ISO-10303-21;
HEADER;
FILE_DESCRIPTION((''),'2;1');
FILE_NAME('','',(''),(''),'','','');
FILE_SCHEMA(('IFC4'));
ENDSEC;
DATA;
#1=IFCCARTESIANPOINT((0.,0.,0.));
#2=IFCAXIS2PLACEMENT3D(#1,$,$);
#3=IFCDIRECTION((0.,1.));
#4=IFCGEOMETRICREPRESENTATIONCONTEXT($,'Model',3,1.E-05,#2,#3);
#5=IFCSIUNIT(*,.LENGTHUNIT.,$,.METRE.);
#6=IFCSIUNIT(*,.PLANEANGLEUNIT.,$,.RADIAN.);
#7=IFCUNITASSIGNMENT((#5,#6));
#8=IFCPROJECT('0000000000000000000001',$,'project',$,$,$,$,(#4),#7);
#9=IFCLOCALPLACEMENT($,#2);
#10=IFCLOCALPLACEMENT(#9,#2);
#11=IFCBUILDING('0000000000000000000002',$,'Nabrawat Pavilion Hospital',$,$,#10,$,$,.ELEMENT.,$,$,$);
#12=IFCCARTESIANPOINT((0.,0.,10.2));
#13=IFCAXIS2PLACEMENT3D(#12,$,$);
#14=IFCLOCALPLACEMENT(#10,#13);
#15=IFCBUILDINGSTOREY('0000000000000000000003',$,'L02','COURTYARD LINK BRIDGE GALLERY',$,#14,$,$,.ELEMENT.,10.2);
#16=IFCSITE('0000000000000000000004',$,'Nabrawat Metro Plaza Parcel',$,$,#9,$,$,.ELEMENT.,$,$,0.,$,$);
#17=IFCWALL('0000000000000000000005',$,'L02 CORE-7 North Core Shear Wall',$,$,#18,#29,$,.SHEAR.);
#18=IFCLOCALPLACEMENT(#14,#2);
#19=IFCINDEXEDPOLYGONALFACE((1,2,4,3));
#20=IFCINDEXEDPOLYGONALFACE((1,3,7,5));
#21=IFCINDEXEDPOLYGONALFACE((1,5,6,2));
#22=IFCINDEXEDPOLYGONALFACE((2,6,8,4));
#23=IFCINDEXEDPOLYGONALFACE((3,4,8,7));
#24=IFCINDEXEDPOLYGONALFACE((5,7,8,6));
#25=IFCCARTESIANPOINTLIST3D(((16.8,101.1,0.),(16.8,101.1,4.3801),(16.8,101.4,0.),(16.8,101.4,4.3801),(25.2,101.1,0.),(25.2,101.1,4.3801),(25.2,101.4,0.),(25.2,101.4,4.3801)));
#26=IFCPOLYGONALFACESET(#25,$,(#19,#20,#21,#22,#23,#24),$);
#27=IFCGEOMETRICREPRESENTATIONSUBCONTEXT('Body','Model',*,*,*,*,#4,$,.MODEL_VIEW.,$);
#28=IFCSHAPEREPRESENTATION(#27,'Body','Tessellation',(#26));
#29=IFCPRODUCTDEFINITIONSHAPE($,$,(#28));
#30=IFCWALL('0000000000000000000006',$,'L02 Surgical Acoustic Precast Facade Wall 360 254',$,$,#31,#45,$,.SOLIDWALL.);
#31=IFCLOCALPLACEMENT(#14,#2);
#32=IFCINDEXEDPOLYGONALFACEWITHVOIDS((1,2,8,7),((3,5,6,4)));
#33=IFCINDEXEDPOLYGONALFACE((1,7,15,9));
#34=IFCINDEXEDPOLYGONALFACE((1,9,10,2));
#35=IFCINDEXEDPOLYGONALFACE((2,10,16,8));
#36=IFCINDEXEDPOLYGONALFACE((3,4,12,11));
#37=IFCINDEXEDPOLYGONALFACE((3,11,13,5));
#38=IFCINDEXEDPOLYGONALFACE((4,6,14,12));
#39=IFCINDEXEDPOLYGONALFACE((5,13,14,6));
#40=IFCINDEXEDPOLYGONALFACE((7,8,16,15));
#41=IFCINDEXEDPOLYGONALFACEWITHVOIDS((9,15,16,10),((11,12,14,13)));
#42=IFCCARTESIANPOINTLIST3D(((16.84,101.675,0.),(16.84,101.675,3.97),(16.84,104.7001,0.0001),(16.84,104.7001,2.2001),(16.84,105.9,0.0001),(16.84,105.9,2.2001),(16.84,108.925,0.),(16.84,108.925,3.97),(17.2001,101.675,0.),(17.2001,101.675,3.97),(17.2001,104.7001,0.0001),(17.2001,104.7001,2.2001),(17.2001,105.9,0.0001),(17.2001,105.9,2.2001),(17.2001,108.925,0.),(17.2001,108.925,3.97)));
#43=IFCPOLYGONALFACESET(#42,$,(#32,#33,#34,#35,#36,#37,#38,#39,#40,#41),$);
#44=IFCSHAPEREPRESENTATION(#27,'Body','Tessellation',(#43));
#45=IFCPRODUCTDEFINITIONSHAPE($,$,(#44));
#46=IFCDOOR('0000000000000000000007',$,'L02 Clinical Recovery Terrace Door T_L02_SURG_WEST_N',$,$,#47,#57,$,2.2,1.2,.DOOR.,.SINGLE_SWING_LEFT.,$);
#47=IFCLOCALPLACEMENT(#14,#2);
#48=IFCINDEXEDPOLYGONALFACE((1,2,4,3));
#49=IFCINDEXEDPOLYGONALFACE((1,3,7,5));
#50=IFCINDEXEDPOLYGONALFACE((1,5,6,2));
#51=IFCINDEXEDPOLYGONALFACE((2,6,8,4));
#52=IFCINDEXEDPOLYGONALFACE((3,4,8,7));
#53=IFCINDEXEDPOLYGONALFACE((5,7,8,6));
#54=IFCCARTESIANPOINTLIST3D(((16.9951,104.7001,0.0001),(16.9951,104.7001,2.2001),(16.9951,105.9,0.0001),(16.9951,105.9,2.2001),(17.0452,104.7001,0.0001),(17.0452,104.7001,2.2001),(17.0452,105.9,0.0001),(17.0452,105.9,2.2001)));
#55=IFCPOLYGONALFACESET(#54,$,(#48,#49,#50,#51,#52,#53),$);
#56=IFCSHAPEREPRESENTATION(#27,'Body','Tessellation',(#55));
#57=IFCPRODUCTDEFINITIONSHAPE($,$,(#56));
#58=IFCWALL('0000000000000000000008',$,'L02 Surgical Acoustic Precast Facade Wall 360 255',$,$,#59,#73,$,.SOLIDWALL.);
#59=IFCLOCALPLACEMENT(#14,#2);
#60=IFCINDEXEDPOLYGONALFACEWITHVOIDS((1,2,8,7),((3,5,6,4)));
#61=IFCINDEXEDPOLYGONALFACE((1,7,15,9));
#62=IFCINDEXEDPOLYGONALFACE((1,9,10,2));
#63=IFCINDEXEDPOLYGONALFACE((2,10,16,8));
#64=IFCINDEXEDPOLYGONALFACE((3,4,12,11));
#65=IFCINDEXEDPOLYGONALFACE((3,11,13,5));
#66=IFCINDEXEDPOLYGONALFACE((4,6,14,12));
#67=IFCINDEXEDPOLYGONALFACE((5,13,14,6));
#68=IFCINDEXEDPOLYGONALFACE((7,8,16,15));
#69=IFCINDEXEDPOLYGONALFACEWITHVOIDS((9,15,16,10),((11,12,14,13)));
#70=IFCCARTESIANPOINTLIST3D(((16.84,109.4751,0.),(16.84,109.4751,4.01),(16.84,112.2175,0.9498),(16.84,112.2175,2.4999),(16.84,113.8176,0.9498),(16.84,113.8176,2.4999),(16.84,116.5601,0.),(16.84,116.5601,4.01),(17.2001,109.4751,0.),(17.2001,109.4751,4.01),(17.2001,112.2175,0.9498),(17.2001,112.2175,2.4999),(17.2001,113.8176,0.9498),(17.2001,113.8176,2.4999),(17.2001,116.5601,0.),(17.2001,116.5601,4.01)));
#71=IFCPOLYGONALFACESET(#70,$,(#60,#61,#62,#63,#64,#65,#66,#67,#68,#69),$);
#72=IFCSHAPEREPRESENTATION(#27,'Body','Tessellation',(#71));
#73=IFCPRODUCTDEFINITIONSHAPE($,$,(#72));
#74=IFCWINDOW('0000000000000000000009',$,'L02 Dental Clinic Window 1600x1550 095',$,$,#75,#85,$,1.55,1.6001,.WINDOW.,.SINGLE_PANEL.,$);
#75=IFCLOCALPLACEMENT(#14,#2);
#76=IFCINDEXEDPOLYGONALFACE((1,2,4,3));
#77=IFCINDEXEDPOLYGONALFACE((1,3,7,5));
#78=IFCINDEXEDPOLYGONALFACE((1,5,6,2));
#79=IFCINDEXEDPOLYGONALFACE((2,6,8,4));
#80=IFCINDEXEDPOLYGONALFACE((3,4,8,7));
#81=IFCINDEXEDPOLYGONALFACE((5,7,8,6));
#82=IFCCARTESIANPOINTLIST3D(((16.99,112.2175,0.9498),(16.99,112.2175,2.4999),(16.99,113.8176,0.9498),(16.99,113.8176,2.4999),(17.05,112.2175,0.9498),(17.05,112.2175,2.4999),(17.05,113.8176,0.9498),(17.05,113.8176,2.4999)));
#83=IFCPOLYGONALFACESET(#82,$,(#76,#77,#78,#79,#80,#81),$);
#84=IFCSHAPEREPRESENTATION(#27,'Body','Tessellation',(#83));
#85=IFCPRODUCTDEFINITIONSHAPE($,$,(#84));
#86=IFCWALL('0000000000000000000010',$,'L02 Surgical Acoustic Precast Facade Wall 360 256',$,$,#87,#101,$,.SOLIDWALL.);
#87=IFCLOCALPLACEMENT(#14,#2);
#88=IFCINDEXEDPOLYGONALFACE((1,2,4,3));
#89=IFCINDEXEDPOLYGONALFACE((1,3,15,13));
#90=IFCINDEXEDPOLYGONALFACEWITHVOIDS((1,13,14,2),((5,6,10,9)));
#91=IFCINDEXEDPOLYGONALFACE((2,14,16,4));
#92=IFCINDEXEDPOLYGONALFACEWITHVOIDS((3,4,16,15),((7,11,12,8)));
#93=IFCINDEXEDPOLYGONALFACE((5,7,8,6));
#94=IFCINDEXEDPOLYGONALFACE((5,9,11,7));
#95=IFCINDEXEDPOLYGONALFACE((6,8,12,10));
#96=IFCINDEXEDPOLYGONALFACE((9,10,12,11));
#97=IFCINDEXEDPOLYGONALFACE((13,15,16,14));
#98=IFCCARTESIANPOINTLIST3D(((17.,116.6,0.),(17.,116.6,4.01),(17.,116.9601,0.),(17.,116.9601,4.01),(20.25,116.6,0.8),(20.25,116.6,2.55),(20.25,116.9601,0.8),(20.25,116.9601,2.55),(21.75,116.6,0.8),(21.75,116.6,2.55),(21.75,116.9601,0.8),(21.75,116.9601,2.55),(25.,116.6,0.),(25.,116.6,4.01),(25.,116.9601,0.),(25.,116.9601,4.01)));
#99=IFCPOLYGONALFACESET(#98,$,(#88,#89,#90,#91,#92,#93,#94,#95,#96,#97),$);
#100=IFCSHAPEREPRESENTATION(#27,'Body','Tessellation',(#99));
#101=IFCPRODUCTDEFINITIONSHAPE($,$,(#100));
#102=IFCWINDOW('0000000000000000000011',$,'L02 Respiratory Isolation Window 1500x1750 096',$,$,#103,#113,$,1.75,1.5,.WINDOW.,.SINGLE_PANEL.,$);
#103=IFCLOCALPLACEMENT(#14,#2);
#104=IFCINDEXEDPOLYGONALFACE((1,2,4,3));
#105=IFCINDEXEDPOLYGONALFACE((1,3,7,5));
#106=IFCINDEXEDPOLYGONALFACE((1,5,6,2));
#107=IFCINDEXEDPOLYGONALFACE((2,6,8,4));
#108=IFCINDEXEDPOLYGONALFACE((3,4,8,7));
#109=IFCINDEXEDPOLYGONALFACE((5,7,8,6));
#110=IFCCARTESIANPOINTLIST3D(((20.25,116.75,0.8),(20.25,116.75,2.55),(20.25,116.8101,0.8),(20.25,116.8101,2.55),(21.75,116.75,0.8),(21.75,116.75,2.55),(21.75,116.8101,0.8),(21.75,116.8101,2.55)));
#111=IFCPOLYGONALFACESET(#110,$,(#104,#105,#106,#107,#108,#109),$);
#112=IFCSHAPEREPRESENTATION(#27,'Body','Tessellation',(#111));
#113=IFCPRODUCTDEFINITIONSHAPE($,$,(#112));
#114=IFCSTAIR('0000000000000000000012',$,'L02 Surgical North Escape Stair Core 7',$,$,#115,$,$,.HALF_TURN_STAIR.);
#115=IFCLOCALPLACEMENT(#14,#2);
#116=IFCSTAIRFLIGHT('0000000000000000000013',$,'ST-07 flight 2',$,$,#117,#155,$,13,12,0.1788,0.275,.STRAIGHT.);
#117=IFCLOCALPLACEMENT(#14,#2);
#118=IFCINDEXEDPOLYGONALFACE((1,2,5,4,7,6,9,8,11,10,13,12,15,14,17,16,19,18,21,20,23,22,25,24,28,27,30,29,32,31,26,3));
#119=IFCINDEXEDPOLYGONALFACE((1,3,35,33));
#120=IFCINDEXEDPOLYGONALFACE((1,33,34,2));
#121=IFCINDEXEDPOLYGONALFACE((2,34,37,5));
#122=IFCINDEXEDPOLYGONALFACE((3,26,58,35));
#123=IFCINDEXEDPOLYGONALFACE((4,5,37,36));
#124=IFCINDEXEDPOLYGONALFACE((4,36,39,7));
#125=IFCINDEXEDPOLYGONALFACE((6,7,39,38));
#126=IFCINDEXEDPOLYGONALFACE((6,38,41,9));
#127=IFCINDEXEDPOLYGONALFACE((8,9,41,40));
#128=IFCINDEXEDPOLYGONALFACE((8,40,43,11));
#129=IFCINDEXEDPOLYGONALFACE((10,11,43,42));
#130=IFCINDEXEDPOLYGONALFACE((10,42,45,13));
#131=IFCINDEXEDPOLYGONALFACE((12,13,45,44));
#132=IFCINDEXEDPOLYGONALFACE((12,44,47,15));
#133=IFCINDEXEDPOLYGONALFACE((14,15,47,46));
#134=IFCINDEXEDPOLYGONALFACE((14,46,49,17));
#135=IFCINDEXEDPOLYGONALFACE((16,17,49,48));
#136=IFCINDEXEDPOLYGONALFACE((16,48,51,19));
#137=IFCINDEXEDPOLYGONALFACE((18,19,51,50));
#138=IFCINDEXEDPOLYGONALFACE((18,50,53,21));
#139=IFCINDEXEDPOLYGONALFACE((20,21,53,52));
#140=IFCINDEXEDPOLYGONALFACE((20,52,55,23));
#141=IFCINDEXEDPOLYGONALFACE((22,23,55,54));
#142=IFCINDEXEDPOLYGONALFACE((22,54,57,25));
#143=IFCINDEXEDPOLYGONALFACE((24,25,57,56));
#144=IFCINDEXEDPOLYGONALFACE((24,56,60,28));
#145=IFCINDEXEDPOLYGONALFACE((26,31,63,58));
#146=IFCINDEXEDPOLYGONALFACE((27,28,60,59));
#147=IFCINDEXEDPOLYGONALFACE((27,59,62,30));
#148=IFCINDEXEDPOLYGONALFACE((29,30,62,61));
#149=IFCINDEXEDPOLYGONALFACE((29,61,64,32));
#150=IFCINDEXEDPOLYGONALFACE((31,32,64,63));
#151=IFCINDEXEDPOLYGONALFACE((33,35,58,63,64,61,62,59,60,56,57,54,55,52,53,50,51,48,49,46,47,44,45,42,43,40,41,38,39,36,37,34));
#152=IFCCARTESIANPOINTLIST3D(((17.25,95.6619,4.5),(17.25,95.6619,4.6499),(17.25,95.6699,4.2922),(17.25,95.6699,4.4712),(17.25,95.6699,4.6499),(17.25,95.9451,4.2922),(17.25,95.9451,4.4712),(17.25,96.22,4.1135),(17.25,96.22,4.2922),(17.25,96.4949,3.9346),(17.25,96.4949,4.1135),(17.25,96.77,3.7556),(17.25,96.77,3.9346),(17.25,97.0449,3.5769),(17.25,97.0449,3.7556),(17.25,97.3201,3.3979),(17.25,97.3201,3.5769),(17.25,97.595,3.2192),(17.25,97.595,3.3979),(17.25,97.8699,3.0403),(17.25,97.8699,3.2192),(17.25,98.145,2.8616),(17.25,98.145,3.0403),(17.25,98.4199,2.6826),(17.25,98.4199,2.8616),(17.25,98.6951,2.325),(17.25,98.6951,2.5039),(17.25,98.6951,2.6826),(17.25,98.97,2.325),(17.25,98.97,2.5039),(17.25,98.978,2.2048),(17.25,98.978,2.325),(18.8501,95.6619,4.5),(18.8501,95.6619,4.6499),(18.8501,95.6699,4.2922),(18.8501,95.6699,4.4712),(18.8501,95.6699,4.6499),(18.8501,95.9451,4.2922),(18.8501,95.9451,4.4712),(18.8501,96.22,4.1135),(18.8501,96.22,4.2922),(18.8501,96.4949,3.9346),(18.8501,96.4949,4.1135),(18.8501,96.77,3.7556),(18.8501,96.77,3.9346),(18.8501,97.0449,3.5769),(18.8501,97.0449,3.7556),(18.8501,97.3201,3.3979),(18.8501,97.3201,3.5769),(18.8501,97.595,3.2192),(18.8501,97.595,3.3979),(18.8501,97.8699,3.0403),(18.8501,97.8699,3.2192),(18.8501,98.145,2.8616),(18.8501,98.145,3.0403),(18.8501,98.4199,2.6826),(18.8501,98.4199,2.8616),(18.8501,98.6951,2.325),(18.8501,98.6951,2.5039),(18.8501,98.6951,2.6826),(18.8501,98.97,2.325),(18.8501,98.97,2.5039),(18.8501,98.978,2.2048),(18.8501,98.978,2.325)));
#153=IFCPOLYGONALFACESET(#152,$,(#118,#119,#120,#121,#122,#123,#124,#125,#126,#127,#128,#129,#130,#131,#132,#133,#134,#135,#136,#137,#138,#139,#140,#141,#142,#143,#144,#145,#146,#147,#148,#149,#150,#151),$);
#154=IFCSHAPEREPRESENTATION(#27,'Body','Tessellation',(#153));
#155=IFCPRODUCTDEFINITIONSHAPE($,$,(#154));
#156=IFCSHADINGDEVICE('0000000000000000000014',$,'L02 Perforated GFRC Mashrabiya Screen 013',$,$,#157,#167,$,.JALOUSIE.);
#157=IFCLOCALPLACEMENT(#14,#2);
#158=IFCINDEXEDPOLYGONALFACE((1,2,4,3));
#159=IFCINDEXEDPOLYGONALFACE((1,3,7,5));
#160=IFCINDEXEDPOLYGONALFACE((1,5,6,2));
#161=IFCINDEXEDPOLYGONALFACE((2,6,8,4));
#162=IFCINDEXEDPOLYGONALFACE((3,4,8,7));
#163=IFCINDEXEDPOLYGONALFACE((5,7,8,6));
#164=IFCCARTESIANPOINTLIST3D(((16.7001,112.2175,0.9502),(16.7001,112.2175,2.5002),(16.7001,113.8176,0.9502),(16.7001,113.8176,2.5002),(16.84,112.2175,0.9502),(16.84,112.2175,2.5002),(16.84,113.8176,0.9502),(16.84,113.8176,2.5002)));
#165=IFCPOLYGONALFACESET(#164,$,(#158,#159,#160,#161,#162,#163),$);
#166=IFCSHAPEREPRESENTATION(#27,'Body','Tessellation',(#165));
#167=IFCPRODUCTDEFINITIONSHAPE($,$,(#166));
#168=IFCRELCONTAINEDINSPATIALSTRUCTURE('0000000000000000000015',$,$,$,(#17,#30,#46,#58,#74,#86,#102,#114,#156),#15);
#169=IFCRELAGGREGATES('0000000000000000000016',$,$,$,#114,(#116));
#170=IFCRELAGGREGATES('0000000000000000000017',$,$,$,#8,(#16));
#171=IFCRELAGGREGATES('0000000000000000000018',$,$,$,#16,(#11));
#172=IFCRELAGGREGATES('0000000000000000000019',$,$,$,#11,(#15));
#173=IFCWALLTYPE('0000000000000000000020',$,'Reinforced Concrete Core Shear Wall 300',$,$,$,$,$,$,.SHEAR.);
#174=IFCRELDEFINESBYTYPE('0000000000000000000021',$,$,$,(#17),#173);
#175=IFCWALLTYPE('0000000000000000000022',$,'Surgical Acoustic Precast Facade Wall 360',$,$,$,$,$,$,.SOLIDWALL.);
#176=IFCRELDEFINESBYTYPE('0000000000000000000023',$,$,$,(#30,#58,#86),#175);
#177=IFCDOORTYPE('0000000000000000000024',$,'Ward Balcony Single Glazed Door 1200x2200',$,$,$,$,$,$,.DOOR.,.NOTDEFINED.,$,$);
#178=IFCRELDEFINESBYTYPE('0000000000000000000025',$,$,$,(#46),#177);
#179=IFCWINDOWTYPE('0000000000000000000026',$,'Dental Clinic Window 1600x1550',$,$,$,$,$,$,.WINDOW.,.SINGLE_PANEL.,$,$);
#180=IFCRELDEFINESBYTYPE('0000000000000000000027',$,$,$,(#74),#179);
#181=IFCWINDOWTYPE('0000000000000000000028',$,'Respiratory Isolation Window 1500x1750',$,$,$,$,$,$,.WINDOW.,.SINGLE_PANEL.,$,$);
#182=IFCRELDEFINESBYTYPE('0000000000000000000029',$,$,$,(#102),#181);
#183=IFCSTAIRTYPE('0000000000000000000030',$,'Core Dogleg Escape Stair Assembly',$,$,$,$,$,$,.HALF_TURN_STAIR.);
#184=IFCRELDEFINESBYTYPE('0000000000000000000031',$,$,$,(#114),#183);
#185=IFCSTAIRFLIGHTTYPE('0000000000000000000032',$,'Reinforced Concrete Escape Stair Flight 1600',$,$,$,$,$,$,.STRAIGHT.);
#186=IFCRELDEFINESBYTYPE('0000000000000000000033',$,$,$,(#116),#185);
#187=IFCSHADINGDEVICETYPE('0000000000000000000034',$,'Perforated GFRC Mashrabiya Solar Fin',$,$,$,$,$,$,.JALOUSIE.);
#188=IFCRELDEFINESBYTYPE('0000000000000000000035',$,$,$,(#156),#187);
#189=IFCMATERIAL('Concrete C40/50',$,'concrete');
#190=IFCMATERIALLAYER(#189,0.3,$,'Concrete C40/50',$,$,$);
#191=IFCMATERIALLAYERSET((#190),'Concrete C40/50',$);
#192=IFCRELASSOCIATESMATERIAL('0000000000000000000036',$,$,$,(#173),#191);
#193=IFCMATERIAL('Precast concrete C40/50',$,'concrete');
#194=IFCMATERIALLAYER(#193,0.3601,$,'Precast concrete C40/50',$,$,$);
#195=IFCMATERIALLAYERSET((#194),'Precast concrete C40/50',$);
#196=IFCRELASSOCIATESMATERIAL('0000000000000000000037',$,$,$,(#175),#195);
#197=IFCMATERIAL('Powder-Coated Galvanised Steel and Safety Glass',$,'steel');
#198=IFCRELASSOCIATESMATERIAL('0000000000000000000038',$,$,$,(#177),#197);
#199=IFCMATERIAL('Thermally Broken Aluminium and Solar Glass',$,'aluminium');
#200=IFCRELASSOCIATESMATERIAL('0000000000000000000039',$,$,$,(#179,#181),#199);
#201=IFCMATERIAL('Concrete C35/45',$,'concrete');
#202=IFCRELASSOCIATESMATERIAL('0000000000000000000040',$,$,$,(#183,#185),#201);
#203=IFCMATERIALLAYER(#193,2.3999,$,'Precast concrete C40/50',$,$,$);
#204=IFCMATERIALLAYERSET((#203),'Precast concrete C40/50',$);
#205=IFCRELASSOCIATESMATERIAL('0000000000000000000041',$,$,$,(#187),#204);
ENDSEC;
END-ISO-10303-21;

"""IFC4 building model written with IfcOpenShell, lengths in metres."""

from ifc_helpers import new_model, si_unit, direction, frame, frame_2d, origin, origin_2d, place, context, subcontext, project, spatial, polyline, rectangle, outline, extrude, material, layer, layer_set, type_object, element, fill, aggregate, save


model = new_model("IFC4")

# Units and contexts
model_context = context("Model", 3, precision=1e-05, world=origin(), true_north=direction((0.0, 1.0)))
body_context = subcontext(model_context, "Body", "Model", "MODEL_VIEW")
ifc_project = project(units=[si_unit("LENGTHUNIT", "METRE"), si_unit("PLANEANGLEUNIT", "RADIAN")], contexts=[model_context])

# Site, building, storey
site_placement = place(None, origin())
site = spatial("IfcSite", under=ifc_project, at=site_placement, Name="Nabrawat Metro Plaza Parcel", CompositionType="ELEMENT", RefElevation=0.0)
building_placement = place(site_placement, origin())
building = spatial("IfcBuilding", under=site, at=building_placement, Name="Nabrawat Pavilion Hospital", CompositionType="ELEMENT")
storey_placement = place(building_placement, frame((0.0, 0.0, 10.2)))
storey = spatial("IfcBuildingStorey", under=building, at=storey_placement, Name="L02", Description="COURTYARD LINK BRIDGE GALLERY", CompositionType="ELEMENT", Elevation=10.2)

# Wall
ifc_material_1 = material(Name="Concrete C35/45", Category="concrete")
ifc_material_2 = material(Name="Concrete C40/50", Category="concrete")
ifc_layer_1 = layer(ifc_material_2, 0.3, Name="Concrete C40/50")
ifc_layer_set_1 = layer_set([ifc_layer_1], Name="Concrete C40/50")
wall_type_1 = type_object("IfcWallType", Name="Reinforced Concrete Core Shear Wall 300", PredefinedType="SHEAR", material=ifc_layer_set_1)
wall_1_placement = place(storey_placement, frame((16.8, 101.25, 0.0), z_axis=(0.0, 0.0, 1.0), x_axis=(1.0, 0.0, 0.0)))
element("IfcWall", 1, at=wall_1_placement, inside=storey, type_object=wall_type_1, Name="L02 CORE-7 North Core Shear Wall", PredefinedType="SHEAR", context=body_context, shape_type="SweptSolid", body=[
    extrude(rectangle(XDim=8.3999, YDim=0.3, at=frame_2d((4.2, 0.0))), origin(), (0.0, 0.0, 1.0), 4.3801),
])

# Wall, opening, door
ifc_material_3 = material(Name="Precast concrete C40/50", Category="concrete")
ifc_layer_2 = layer(ifc_material_3, 0.3601, Name="Precast concrete C40/50")
ifc_layer_set_2 = layer_set([ifc_layer_2], Name="Precast concrete C40/50")
wall_type_2 = type_object("IfcWallType", Name="Surgical Acoustic Precast Facade Wall 360", PredefinedType="SOLIDWALL", material=ifc_layer_set_2)
wall_2_placement = place(storey_placement, frame((17.02, 101.675, 0.0), z_axis=(0.0, 0.0, 1.0), x_axis=(0.0, 1.0, 0.0)))
wall_2 = element("IfcWall", 2, at=wall_2_placement, inside=storey, type_object=wall_type_2, Name="L02 Surgical Acoustic Precast Facade Wall 360 254", PredefinedType="SOLIDWALL", context=body_context, shape_type="SweptSolid", body=[
    extrude(rectangle(XDim=7.25, YDim=0.3601, at=frame_2d((3.625, 0.0))), origin(), (0.0, 0.0, 1.0), 3.97),
])
opening_1_placement = place(wall_2_placement, frame((3.0249, 0.0, 0.0)))
opening_1 = element("IfcOpeningElement", 3, at=opening_1_placement, cuts=wall_2, PredefinedType="OPENING", context=body_context, shape_type="SweptSolid", body=[
    extrude(rectangle(XDim=1.2, YDim=2.2, at=frame_2d((0.6001, 1.1001))), frame((0.0, 0.1899, 0.0), z_axis=(0.0, -1.0, 0.0), x_axis=(1.0, 0.0, 0.0)), (0.0, 0.0, 1.0), 0.3801),
])
ifc_material_4 = material(Name="Powder-Coated Galvanised Steel and Safety Glass", Category="steel")
door_type = type_object("IfcDoorType", Name="Ward Balcony Single Glazed Door 1200x2200", OperationType="NOTDEFINED", PredefinedType="DOOR", material=ifc_material_4)
door_placement = place(opening_1_placement, origin())
door = element("IfcDoor", 4, at=door_placement, inside=storey, type_object=door_type, Name="L02 Clinical Recovery Terrace Door T_L02_SURG_WEST_N", OperationType="SINGLE_SWING_LEFT", OverallHeight=2.2, OverallWidth=1.2, PredefinedType="DOOR", context=body_context, shape_type="SweptSolid", body=[
    extrude(rectangle(XDim=1.2, YDim=2.2, at=frame_2d((0.6001, 1.1001))), frame((0.0, 0.0249, 0.0), z_axis=(0.0, -1.0, 0.0), x_axis=(1.0, 0.0, 0.0)), (0.0, 0.0, 1.0), 0.05),
])
fill(opening_1, door)

# Walls, openings, windows
wall_3_placement = place(storey_placement, frame((17.02, 109.4751, 0.0), z_axis=(0.0, 0.0, 1.0), x_axis=(0.0, 1.0, 0.0)))
wall_3 = element("IfcWall", 5, at=wall_3_placement, inside=storey, type_object=wall_type_2, Name="L02 Surgical Acoustic Precast Facade Wall 360 255", PredefinedType="SOLIDWALL", context=body_context, shape_type="SweptSolid", body=[
    extrude(rectangle(XDim=7.085, YDim=0.3601, at=frame_2d((3.5425, 0.0))), origin(), (0.0, 0.0, 1.0), 4.01),
])
opening_2_placement = place(wall_3_placement, frame((2.7424, 0.0, 0.95)))
opening_2 = element("IfcOpeningElement", 6, at=opening_2_placement, cuts=wall_3, PredefinedType="OPENING", context=body_context, shape_type="SweptSolid", body=[
    extrude(rectangle(XDim=1.6001, YDim=1.55, at=frame_2d((0.8, 0.7749))), frame((0.0, 0.1899, 0.0), z_axis=(0.0, -1.0, 0.0), x_axis=(1.0, 0.0, 0.0)), (0.0, 0.0, 1.0), 0.3801),
])
ifc_material_5 = material(Name="Thermally Broken Aluminium and Solar Glass", Category="aluminium")
window_type_1 = type_object("IfcWindowType", Name="Dental Clinic Window 1600x1550", PartitioningType="SINGLE_PANEL", PredefinedType="WINDOW", material=ifc_material_5)
window_1_placement = place(opening_2_placement, origin())
window_1 = element("IfcWindow", 7, at=window_1_placement, inside=storey, type_object=window_type_1, Name="L02 Dental Clinic Window 1600x1550 095", OverallHeight=1.55, OverallWidth=1.6001, PartitioningType="SINGLE_PANEL", PredefinedType="WINDOW", context=body_context, shape_type="SweptSolid", body=[
    extrude(rectangle(XDim=1.6001, YDim=1.55, at=frame_2d((0.8, 0.7749))), frame((0.0, 0.03, 0.0), z_axis=(0.0, -1.0, 0.0), x_axis=(1.0, 0.0, 0.0)), (0.0, 0.0, 1.0), 0.0601),
])
fill(opening_2, window_1)
wall_4_placement = place(storey_placement, frame((17.0, 116.78, 0.0), z_axis=(0.0, 0.0, 1.0), x_axis=(1.0, 0.0, 0.0)))
wall_4 = element("IfcWall", 8, at=wall_4_placement, inside=storey, type_object=wall_type_2, Name="L02 Surgical Acoustic Precast Facade Wall 360 256", PredefinedType="SOLIDWALL", context=body_context, shape_type="SweptSolid", body=[
    extrude(rectangle(XDim=8.0, YDim=0.3601, at=frame_2d((4.0, 0.0))), origin(), (0.0, 0.0, 1.0), 4.01),
])
opening_3_placement = place(wall_4_placement, frame((3.25, 0.0, 0.8)))
opening_3 = element("IfcOpeningElement", 9, at=opening_3_placement, cuts=wall_4, PredefinedType="OPENING", context=body_context, shape_type="SweptSolid", body=[
    extrude(rectangle(XDim=1.5, YDim=1.75, at=frame_2d((0.75, 0.875))), frame((0.0, 0.1899, 0.0), z_axis=(0.0, -1.0, 0.0), x_axis=(1.0, 0.0, 0.0)), (0.0, 0.0, 1.0), 0.3801),
])
window_type_2 = type_object("IfcWindowType", Name="Respiratory Isolation Window 1500x1750", PartitioningType="SINGLE_PANEL", PredefinedType="WINDOW", material=ifc_material_5)
window_2_placement = place(opening_3_placement, origin())
window_2 = element("IfcWindow", 10, at=window_2_placement, inside=storey, type_object=window_type_2, Name="L02 Respiratory Isolation Window 1500x1750 096", OverallHeight=1.75, OverallWidth=1.5, PartitioningType="SINGLE_PANEL", PredefinedType="WINDOW", context=body_context, shape_type="SweptSolid", body=[
    extrude(rectangle(XDim=1.5, YDim=1.75, at=frame_2d((0.75, 0.875))), frame((0.0, 0.03, 0.0), z_axis=(0.0, -1.0, 0.0), x_axis=(1.0, 0.0, 0.0)), (0.0, 0.0, 1.0), 0.0601),
])
fill(opening_3, window_2)

# Stair, stair flight
stair_type = type_object("IfcStairType", Name="Core Dogleg Escape Stair Assembly", PredefinedType="HALF_TURN_STAIR", material=ifc_material_1)
stair_placement = place(storey_placement, origin())
stair = element("IfcStair", 11, at=stair_placement, inside=storey, type_object=stair_type, Name="L02 Surgical North Escape Stair Core 7", PredefinedType="HALF_TURN_STAIR")
stair_flight_type = type_object("IfcStairFlightType", Name="Reinforced Concrete Escape Stair Flight 1600", PredefinedType="STRAIGHT", material=ifc_material_1)
stair_flight_placement = place(storey_placement, frame((18.05, 98.97, 2.325), z_axis=(0.0, 0.0, 1.0), x_axis=(0.0, -1.0, 0.0)))
stair_flight = element("IfcStairFlight", 12, at=stair_flight_placement, type_object=stair_flight_type, Name="ST-07 flight 2", NumberOfRisers=13, NumberOfTreads=12, PredefinedType="STRAIGHT", RiserHeight=0.1788, TreadLength=0.275, context=body_context, shape_type="SweptSolid", body=[
    extrude(outline(polyline([(-0.0081, 0.0), (0.0, 0.0), (0.0, 0.179), (0.2749, 0.179), (0.2749, 0.3577), (0.55, 0.3577), (0.55, 0.5366), (0.825, 0.5366), (0.825, 0.7153), (1.1001, 0.7153), (1.1001, 0.8943), (1.375, 0.8943), (1.375, 1.073), (1.6499, 1.073), (1.6499, 1.252), (1.925, 1.252), (1.925, 1.4307), (2.2, 1.4307), (2.2, 1.6096), (2.4751, 1.6096), (2.4751, 1.7886), (2.75, 1.7886), (2.75, 1.9673), (3.0249, 1.9673), (3.0249, 2.1462), (3.3, 2.1462), (3.3, 2.325), (3.3081, 2.325), (3.3081, 2.175), (3.3, 1.9673), (0.2749, 0.0), (-0.0081, -0.1201), (-0.0081, 0.0)])), frame((0.0, 0.8, 0.0), z_axis=(0.0, -1.0, 0.0), x_axis=(1.0, 0.0, 0.0)), (0.0, 0.0, 1.0), 1.6001),
])
aggregate(stair, [stair_flight])

# Shading device
ifc_layer_3 = layer(ifc_material_3, 2.3999, Name="Precast concrete C40/50")
ifc_layer_set_3 = layer_set([ifc_layer_3], Name="Precast concrete C40/50")
shading_device_type = type_object("IfcShadingDeviceType", Name="Perforated GFRC Mashrabiya Solar Fin", PredefinedType="JALOUSIE", material=ifc_layer_set_3)
shading_device_placement = place(storey_placement, frame((16.77, 113.0176, 0.9502), z_axis=(0.0, 0.0, 1.0), x_axis=(0.0, 1.0, 0.0)))
element("IfcShadingDevice", 13, at=shading_device_placement, inside=storey, type_object=shading_device_type, Name="L02 Perforated GFRC Mashrabiya Screen 013", PredefinedType="JALOUSIE", context=body_context, shape_type="SweptSolid", body=[
    extrude(rectangle(XDim=1.6001, YDim=0.1399, at=origin_2d()), origin(), (0.0, 0.0, 1.0), 1.55),
])

save(model, "model.ifc")
